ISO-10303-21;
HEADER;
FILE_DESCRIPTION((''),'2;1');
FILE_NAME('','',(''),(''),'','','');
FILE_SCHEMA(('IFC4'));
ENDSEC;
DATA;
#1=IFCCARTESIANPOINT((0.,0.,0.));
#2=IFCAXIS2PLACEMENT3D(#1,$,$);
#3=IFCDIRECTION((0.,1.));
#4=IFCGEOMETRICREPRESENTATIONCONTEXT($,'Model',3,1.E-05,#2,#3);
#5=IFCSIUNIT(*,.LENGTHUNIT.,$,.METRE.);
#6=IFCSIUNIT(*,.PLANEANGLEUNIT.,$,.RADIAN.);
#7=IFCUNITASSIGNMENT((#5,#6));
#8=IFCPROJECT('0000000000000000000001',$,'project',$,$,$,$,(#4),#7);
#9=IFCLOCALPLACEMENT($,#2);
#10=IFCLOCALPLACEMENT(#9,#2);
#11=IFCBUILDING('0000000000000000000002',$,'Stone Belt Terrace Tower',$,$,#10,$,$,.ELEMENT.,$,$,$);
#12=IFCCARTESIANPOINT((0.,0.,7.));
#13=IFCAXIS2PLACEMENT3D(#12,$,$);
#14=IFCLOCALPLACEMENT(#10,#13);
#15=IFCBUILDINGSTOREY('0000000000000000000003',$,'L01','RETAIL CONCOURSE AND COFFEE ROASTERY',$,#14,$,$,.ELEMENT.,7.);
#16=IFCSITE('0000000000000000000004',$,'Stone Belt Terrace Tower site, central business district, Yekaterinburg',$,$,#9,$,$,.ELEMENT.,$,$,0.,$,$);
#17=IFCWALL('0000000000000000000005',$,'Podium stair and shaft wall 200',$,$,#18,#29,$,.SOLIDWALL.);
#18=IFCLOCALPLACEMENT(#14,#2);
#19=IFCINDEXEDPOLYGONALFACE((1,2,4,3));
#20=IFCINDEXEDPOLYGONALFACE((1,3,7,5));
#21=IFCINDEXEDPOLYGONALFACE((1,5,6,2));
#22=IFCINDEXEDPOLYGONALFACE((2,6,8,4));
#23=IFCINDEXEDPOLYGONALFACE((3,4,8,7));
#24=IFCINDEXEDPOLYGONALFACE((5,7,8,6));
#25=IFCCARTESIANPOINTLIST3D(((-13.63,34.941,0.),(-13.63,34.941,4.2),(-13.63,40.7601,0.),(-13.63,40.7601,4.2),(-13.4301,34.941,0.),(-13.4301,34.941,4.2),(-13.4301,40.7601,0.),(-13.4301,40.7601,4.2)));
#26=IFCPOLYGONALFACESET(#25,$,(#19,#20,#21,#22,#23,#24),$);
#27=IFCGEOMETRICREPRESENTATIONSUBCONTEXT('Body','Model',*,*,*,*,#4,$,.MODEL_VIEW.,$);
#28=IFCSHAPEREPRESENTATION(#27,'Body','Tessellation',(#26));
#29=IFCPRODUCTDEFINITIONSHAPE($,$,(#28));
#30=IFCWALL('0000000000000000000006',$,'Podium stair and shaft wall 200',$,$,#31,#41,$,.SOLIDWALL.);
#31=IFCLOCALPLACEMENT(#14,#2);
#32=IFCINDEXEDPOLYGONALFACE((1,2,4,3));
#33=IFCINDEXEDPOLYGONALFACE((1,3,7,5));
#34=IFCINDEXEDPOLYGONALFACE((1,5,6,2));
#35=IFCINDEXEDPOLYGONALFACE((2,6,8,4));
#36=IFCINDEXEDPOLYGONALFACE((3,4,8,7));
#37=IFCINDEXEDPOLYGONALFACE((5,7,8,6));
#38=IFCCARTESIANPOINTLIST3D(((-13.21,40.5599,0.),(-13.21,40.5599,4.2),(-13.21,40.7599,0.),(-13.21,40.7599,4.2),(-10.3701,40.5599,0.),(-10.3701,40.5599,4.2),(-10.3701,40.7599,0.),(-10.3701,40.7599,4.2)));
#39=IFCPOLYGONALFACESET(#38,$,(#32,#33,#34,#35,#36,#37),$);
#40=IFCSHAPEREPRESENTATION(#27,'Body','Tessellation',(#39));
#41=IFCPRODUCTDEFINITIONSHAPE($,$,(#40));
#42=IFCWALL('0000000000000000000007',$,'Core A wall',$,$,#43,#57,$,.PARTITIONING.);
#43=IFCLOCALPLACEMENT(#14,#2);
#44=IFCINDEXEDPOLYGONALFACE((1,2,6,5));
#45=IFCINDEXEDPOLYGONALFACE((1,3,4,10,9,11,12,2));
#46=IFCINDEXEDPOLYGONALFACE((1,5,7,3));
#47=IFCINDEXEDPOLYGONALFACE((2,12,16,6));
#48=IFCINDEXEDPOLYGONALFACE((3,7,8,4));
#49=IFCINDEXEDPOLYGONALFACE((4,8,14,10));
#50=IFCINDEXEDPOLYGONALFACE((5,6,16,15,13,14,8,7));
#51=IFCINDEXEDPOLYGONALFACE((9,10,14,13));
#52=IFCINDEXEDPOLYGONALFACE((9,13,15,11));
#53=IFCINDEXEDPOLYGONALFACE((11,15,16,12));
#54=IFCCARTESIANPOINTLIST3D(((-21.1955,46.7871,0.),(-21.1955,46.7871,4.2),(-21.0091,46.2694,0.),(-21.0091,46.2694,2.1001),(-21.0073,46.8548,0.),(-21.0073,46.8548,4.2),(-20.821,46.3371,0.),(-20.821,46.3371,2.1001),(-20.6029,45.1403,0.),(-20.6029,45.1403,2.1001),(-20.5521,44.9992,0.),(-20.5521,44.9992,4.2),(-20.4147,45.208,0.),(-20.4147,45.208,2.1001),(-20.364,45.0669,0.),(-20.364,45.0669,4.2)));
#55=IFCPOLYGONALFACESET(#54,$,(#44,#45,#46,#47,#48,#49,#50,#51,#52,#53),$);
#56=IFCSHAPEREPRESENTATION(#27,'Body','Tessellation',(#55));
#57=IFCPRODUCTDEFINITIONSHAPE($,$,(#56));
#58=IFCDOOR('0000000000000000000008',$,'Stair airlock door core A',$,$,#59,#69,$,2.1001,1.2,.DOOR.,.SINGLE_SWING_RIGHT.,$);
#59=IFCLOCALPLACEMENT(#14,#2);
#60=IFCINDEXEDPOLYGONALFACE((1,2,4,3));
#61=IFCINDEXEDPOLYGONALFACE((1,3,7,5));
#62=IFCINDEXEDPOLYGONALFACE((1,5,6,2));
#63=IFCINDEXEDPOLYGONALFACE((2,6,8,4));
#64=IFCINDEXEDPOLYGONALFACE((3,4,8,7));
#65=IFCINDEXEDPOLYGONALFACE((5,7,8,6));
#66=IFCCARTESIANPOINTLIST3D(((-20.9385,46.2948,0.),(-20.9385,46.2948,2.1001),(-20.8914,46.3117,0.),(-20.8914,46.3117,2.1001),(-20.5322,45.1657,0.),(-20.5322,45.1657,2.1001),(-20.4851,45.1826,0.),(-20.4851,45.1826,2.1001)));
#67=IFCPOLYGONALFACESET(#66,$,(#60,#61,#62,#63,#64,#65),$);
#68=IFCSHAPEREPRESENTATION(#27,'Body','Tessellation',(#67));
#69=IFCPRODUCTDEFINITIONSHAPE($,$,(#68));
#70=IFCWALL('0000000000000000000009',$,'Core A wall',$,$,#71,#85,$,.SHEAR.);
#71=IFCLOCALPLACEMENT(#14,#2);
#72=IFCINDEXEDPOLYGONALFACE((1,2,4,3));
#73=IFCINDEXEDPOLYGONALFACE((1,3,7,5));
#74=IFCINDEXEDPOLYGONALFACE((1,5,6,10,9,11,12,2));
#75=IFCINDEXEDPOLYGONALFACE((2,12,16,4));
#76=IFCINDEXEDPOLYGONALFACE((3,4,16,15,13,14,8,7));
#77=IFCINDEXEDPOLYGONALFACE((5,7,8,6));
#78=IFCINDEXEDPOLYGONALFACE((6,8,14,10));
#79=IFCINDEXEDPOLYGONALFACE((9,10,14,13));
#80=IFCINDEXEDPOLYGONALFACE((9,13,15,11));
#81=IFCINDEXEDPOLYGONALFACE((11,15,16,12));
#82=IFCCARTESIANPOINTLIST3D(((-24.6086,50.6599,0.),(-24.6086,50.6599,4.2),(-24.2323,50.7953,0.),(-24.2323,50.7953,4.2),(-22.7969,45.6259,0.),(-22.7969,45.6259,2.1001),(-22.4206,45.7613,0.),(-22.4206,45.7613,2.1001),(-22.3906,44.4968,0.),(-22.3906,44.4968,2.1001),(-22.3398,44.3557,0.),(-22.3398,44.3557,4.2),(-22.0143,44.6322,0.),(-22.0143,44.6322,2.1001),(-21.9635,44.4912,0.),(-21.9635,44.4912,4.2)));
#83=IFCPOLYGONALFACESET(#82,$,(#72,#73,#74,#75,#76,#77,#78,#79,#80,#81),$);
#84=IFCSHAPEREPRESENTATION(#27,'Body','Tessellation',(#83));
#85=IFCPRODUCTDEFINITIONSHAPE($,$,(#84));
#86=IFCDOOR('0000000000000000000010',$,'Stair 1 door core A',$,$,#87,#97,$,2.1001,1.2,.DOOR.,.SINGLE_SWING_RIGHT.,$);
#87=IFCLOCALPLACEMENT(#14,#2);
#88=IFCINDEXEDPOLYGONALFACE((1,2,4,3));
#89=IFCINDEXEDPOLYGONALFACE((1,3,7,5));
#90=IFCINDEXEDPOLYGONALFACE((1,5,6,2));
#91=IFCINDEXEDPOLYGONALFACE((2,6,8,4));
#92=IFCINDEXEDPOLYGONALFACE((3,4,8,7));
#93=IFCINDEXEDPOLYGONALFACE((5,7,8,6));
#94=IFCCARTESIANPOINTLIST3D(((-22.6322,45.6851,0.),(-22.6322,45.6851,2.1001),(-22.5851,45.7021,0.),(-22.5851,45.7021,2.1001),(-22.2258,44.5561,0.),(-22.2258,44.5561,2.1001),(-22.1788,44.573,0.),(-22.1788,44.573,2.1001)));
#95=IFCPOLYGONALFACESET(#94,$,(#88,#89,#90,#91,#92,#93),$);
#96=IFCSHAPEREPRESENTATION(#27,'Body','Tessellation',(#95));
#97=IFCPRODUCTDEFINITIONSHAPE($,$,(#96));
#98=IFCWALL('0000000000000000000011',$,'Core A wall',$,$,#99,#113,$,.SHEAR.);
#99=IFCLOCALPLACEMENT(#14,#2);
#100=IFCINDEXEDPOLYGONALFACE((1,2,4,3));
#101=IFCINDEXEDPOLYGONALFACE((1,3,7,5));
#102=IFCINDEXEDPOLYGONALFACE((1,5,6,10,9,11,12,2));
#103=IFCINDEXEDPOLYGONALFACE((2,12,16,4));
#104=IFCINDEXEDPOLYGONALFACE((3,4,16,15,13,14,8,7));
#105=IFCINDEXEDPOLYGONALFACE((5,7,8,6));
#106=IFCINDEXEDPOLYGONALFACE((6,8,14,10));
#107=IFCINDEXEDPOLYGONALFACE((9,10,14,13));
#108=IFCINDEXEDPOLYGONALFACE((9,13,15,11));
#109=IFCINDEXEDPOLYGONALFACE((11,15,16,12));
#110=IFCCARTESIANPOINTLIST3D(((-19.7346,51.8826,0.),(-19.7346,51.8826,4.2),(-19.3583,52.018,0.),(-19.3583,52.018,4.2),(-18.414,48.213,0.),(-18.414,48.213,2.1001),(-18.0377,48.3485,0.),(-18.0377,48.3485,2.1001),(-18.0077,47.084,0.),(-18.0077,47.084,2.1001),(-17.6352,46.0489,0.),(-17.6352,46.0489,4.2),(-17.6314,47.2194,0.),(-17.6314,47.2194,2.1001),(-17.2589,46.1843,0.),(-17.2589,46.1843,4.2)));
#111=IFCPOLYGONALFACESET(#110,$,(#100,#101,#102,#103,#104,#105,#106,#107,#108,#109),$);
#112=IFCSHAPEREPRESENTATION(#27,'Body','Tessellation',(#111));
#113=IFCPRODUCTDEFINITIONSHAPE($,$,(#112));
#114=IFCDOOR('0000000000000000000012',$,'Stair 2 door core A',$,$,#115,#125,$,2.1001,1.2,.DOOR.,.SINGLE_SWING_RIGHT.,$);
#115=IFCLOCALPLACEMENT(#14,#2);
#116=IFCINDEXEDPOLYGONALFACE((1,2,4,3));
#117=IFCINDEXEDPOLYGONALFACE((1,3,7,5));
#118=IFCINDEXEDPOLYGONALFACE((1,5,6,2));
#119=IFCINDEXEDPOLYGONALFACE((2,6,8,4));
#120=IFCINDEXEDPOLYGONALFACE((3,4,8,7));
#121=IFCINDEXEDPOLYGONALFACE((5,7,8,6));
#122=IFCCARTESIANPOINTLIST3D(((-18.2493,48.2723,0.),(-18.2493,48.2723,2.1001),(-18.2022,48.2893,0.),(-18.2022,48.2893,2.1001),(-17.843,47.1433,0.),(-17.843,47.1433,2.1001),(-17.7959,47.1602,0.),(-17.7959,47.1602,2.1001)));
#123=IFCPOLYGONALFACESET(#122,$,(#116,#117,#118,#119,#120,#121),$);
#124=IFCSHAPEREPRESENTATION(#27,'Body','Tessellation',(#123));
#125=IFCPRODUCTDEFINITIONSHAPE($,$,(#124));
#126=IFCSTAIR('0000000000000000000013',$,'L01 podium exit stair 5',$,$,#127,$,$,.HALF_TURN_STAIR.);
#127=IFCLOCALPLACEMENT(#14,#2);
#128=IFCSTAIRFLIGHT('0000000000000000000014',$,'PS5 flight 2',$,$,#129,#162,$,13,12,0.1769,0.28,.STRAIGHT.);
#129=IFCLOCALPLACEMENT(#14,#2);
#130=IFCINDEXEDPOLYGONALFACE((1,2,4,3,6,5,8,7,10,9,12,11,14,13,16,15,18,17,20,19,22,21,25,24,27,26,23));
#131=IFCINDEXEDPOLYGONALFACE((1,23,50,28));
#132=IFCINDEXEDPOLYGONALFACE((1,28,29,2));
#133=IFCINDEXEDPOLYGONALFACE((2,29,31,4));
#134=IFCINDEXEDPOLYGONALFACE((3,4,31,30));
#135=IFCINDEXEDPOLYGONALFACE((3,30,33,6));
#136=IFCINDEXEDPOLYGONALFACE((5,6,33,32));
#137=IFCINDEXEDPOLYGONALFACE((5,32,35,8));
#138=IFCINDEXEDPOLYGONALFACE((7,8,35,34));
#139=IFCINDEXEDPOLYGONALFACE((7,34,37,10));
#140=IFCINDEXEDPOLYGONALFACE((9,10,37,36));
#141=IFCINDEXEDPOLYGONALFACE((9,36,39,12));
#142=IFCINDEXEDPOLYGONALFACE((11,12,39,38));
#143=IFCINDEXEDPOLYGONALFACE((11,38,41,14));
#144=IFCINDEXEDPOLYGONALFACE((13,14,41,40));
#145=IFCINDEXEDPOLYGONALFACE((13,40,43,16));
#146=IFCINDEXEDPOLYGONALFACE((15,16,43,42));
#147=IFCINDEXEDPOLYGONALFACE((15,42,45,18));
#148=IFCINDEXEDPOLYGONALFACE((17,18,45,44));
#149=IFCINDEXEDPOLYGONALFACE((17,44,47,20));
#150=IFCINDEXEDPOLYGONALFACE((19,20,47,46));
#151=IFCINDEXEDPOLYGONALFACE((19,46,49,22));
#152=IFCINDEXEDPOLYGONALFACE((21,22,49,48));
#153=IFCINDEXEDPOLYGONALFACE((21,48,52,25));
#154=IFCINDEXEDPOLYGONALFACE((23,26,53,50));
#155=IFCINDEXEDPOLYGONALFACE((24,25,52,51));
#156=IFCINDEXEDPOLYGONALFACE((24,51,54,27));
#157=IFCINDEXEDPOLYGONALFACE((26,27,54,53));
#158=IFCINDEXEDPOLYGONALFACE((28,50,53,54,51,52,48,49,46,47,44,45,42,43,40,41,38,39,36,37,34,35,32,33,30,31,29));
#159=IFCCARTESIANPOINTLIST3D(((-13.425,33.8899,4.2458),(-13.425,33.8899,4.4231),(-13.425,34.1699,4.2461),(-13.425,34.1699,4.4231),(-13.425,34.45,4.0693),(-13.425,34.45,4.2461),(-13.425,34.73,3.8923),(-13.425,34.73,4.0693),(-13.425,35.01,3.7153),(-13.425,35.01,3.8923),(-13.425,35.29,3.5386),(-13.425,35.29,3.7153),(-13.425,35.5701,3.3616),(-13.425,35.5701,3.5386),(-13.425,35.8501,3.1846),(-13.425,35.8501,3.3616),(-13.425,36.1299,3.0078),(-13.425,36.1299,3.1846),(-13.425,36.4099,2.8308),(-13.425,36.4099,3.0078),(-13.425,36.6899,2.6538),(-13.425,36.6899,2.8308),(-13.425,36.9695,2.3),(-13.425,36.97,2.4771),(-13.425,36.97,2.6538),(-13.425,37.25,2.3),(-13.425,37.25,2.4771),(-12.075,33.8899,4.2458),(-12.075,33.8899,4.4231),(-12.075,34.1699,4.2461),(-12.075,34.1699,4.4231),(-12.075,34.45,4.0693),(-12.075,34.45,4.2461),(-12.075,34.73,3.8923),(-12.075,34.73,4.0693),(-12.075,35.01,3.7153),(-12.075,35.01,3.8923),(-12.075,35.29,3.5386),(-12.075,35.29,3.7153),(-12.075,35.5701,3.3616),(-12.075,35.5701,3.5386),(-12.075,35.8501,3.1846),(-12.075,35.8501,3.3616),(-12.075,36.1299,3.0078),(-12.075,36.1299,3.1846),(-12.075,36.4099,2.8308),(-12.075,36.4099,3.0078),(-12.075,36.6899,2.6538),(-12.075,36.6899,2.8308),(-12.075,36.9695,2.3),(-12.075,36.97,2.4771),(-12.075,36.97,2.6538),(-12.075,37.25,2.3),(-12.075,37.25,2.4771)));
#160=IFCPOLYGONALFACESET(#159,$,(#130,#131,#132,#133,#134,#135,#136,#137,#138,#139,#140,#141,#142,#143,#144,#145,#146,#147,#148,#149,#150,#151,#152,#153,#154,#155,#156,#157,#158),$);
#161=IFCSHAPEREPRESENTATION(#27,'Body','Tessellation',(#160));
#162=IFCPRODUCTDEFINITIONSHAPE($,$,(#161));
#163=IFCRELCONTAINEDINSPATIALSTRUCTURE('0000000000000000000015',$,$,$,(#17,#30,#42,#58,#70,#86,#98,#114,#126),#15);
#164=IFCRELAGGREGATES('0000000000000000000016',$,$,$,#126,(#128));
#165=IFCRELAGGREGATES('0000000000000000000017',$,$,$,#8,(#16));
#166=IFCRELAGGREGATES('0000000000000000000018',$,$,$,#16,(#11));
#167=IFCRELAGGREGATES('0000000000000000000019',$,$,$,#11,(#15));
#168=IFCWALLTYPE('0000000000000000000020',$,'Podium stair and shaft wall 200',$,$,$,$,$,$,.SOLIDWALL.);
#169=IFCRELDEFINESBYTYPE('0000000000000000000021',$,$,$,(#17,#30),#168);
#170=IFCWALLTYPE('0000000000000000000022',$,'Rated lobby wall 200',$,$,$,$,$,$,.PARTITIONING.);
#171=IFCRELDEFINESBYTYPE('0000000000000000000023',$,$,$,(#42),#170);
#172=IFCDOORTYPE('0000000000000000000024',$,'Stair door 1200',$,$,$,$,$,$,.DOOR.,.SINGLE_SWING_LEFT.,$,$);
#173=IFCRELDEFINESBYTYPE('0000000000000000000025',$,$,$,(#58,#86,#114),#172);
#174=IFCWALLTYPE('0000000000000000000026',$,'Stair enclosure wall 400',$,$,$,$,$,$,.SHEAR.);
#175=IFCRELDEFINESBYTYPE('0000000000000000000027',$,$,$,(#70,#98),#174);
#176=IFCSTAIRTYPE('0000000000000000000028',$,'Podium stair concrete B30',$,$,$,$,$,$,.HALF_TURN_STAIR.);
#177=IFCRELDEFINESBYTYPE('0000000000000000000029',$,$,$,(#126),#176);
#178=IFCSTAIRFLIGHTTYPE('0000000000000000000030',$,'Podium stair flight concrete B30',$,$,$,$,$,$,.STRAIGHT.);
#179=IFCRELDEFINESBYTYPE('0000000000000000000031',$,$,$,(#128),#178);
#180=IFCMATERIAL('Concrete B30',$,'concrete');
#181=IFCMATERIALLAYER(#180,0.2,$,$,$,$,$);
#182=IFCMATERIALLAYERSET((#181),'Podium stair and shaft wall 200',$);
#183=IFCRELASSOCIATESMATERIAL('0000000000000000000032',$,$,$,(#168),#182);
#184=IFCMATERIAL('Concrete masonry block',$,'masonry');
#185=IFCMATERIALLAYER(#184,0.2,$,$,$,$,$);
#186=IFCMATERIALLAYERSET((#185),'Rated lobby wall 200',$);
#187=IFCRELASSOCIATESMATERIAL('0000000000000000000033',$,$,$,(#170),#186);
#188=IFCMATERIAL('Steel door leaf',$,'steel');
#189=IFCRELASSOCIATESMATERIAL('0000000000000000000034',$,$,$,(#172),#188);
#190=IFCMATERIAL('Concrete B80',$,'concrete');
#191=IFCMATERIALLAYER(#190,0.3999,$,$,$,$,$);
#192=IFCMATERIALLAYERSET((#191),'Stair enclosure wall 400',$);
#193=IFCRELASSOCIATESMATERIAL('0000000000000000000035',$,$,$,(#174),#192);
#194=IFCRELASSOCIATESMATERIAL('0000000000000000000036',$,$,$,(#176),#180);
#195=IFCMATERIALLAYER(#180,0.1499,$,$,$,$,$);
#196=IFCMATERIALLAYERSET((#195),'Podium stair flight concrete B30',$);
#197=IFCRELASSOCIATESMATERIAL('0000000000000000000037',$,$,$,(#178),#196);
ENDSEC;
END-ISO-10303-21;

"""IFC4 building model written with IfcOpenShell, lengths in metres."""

from ifc_helpers import new_model, si_unit, direction, frame, frame_2d, origin, place, context, subcontext, project, spatial, polyline, rectangle, outline, extrude, material, layer, layer_set, type_object, element, fill, aggregate, save


model = new_model("IFC4")

# Units and contexts
model_context = context("Model", 3, precision=1e-05, world=origin(), true_north=direction((0.0, 1.0)))
body_context = subcontext(model_context, "Body", "Model", "MODEL_VIEW")
ifc_project = project(units=[si_unit("LENGTHUNIT", "METRE"), si_unit("PLANEANGLEUNIT", "RADIAN")], contexts=[model_context])

# Site, building, storey
site_placement = place(None, origin())
site = spatial("IfcSite", under=ifc_project, at=site_placement, Name="Stone Belt Terrace Tower site, central business district, Yekaterinburg", CompositionType="ELEMENT", RefElevation=0.0)
building_placement = place(site_placement, origin())
building = spatial("IfcBuilding", under=site, at=building_placement, Name="Stone Belt Terrace Tower", CompositionType="ELEMENT")
storey_placement = place(building_placement, frame((0.0, 0.0, 7.0)))
storey = spatial("IfcBuildingStorey", under=building, at=storey_placement, Name="L01", Description="RETAIL CONCOURSE AND COFFEE ROASTERY", CompositionType="ELEMENT", Elevation=7.0)

# Shared definitions
ifc_material_1 = material(Name="Concrete B80", Category="concrete")

# Shared definitions
ifc_material_2 = material(Name="Concrete B30", Category="concrete")

# Walls
ifc_layer_1 = layer(ifc_material_2, 0.2)
ifc_layer_set_1 = layer_set([ifc_layer_1], Name="Podium stair and shaft wall 200")
wall_type_1 = type_object("IfcWallType", Name="Podium stair and shaft wall 200", PredefinedType="SOLIDWALL", material=ifc_layer_set_1)
wall_1_placement = place(storey_placement, frame((-13.53, 34.9409, 0.0), z_axis=(0.0, 0.0, 1.0), x_axis=(0.0, 1.0, 0.0)))
element("IfcWall", 1, at=wall_1_placement, inside=storey, type_object=wall_type_1, Name="Podium stair and shaft wall 200", PredefinedType="SOLIDWALL", context=body_context, shape_type="SweptSolid", body=[
    extrude(rectangle(XDim=5.8191, YDim=0.2, at=frame_2d((2.9097, 0.0))), origin(), (0.0, 0.0, 1.0), 4.2),
])
wall_2_placement = place(storey_placement, frame((-13.21, 40.6599, 0.0), z_axis=(0.0, 0.0, 1.0), x_axis=(1.0, 0.0, 0.0)))
element("IfcWall", 2, at=wall_2_placement, inside=storey, type_object=wall_type_1, Name="Podium stair and shaft wall 200", PredefinedType="SOLIDWALL", context=body_context, shape_type="SweptSolid", body=[
    extrude(rectangle(XDim=2.8398, YDim=0.2, at=frame_2d((1.4199, 0.0))), origin(), (0.0, 0.0, 1.0), 4.2),
])

# Walls, openings, doors
ifc_material_3 = material(Name="Concrete masonry block", Category="masonry")
ifc_layer_2 = layer(ifc_material_3, 0.2)
ifc_layer_set_2 = layer_set([ifc_layer_2], Name="Rated lobby wall 200")
wall_type_2 = type_object("IfcWallType", Name="Rated lobby wall 200", PredefinedType="PARTITIONING", material=ifc_layer_set_2)
wall_3_placement = place(storey_placement, frame((-20.458, 45.033, 0.0), z_axis=(0.0, 0.0, 1.0), x_axis=(-0.338574, 0.94094, 0.0)))
wall_3 = element("IfcWall", 3, at=wall_3_placement, inside=storey, type_object=wall_type_2, Name="Core A wall", PredefinedType="PARTITIONING", context=body_context, shape_type="SweptSolid", body=[
    extrude(rectangle(XDim=1.9001, YDim=0.2, at=frame_2d((0.9502, 0.0))), origin(), (0.0, 0.0, 1.0), 4.2),
])
opening_1_placement = place(wall_3_placement, frame((0.1499, 0.0, 0.0)))
opening_1 = element("IfcOpeningElement", 4, at=opening_1_placement, cuts=wall_3, PredefinedType="OPENING", context=body_context, shape_type="SweptSolid", body=[
    extrude(rectangle(XDim=1.2, YDim=2.1001, at=frame_2d((0.6001, 1.05))), frame((0.0, 0.1099, 0.0), z_axis=(0.0, -1.0, 0.0), x_axis=(1.0, 0.0, 0.0)), (0.0, 0.0, 1.0), 0.22),
])
ifc_material_4 = material(Name="Steel door leaf", Category="steel")
door_type_1 = type_object("IfcDoorType", Name="Stair door 1200", OperationType="SINGLE_SWING_LEFT", PredefinedType="DOOR", material=ifc_material_4)
door_1_placement = place(opening_1_placement, origin())
door_1 = element("IfcDoor", 5, at=door_1_placement, inside=storey, type_object=door_type_1, Name="Stair airlock door core A", OperationType="SINGLE_SWING_RIGHT", OverallHeight=2.1001, OverallWidth=1.2, PredefinedType="DOOR", context=body_context, shape_type="SweptSolid", body=[
    extrude(rectangle(XDim=1.2, YDim=2.1001, at=frame_2d((0.6001, 1.05))), frame((0.0, 0.0249, 0.0), z_axis=(0.0, -1.0, 0.0), x_axis=(1.0, 0.0, 0.0)), (0.0, 0.0, 1.0), 0.05),
])
fill(opening_1, door_1)
ifc_layer_3 = layer(ifc_material_1, 0.3999)
ifc_layer_set_3 = layer_set([ifc_layer_3], Name="Stair enclosure wall 400")
wall_type_3 = type_object("IfcWallType", Name="Stair enclosure wall 400", PredefinedType="SHEAR", material=ifc_layer_set_3)
wall_4_placement = place(storey_placement, frame((-22.1516, 44.4233, 0.0), z_axis=(0.0, 0.0, 1.0), x_axis=(-0.338625, 0.940921, 0.0)))
wall_4 = element("IfcWall", 6, at=wall_4_placement, inside=storey, type_object=wall_type_3, Name="Core A wall", PredefinedType="SHEAR", context=body_context, shape_type="SweptSolid", body=[
    extrude(rectangle(XDim=6.7, YDim=0.3999, at=frame_2d((3.3501, 0.0))), origin(), (0.0, 0.0, 1.0), 4.2),
])
opening_2_placement = place(wall_4_placement, frame((0.1499, 0.0, 0.0)))
opening_2 = element("IfcOpeningElement", 7, at=opening_2_placement, cuts=wall_4, PredefinedType="OPENING", context=body_context, shape_type="SweptSolid", body=[
    extrude(rectangle(XDim=1.2, YDim=2.1001, at=frame_2d((0.6001, 1.05))), frame((0.0, 0.21, 0.0), z_axis=(0.0, -1.0, 0.0), x_axis=(1.0, 0.0, 0.0)), (0.0, 0.0, 1.0), 0.4199),
])
door_2_placement = place(opening_2_placement, origin())
door_2 = element("IfcDoor", 8, at=door_2_placement, inside=storey, type_object=door_type_1, Name="Stair 1 door core A", OperationType="SINGLE_SWING_RIGHT", OverallHeight=2.1001, OverallWidth=1.2, PredefinedType="DOOR", context=body_context, shape_type="SweptSolid", body=[
    extrude(rectangle(XDim=1.2, YDim=2.1001, at=frame_2d((0.6001, 1.05))), frame((0.0, 0.0249, 0.0), z_axis=(0.0, -1.0, 0.0), x_axis=(1.0, 0.0, 0.0)), (0.0, 0.0, 1.0), 0.05),
])
fill(opening_2, door_2)
wall_5_placement = place(storey_placement, frame((-17.447, 46.1165, 0.0), z_axis=(0.0, 0.0, 1.0), x_axis=(-0.338608, 0.940928, 0.0)))
wall_5 = element("IfcWall", 9, at=wall_5_placement, inside=storey, type_object=wall_type_3, Name="Core A wall", PredefinedType="SHEAR", context=body_context, shape_type="SweptSolid", body=[
    extrude(rectangle(XDim=6.2, YDim=0.3999, at=frame_2d((3.1001, 0.0))), origin(), (0.0, 0.0, 1.0), 4.2),
])
opening_3_placement = place(wall_5_placement, frame((1.1001, 0.0, 0.0)))
opening_3 = element("IfcOpeningElement", 10, at=opening_3_placement, cuts=wall_5, PredefinedType="OPENING", context=body_context, shape_type="SweptSolid", body=[
    extrude(rectangle(XDim=1.2, YDim=2.1001, at=frame_2d((0.6001, 1.05))), frame((0.0, 0.21, 0.0), z_axis=(0.0, -1.0, 0.0), x_axis=(1.0, 0.0, 0.0)), (0.0, 0.0, 1.0), 0.4199),
])
door_3_placement = place(opening_3_placement, origin())
door_3 = element("IfcDoor", 11, at=door_3_placement, inside=storey, type_object=door_type_1, Name="Stair 2 door core A", OperationType="SINGLE_SWING_RIGHT", OverallHeight=2.1001, OverallWidth=1.2, PredefinedType="DOOR", context=body_context, shape_type="SweptSolid", body=[
    extrude(rectangle(XDim=1.2, YDim=2.1001, at=frame_2d((0.6001, 1.05))), frame((0.0, 0.0249, 0.0), z_axis=(0.0, -1.0, 0.0), x_axis=(1.0, 0.0, 0.0)), (0.0, 0.0, 1.0), 0.05),
])
fill(opening_3, door_3)

# Stair, stair flight
stair_type = type_object("IfcStairType", Name="Podium stair concrete B30", PredefinedType="HALF_TURN_STAIR", material=ifc_material_2)
stair_placement = place(storey_placement, origin())
stair = element("IfcStair", 12, at=stair_placement, inside=storey, type_object=stair_type, Name="L01 podium exit stair 5", PredefinedType="HALF_TURN_STAIR")
ifc_layer_4 = layer(ifc_material_2, 0.1499)
ifc_layer_set_4 = layer_set([ifc_layer_4], Name="Podium stair flight concrete B30")
stair_flight_type = type_object("IfcStairFlightType", Name="Podium stair flight concrete B30", PredefinedType="STRAIGHT", material=ifc_layer_set_4)
stair_flight_placement = place(storey_placement, frame((-12.75, 37.25, 2.3), z_axis=(0.0, 0.0, 1.0), x_axis=(0.0, -1.0, 0.0)))
stair_flight = element("IfcStairFlight", 13, at=stair_flight_placement, type_object=stair_flight_type, Name="PS5 flight 2", NumberOfRisers=13, NumberOfTreads=12, PredefinedType="STRAIGHT", RiserHeight=0.1769, TreadLength=0.28, context=body_context, shape_type="SweptSolid", body=[
    extrude(outline(polyline([(0.0, 0.0), (0.0, 0.177), (0.28, 0.177), (0.28, 0.3538), (0.5601, 0.3538), (0.5601, 0.5308), (0.8401, 0.5308), (0.8401, 0.7078), (1.1201, 0.7078), (1.1201, 0.8845), (1.3999, 0.8845), (1.3999, 1.0615), (1.6799, 1.0615), (1.6799, 1.2385), (1.96, 1.2385), (1.96, 1.4153), (2.24, 1.4153), (2.24, 1.5923), (2.52, 1.5923), (2.52, 1.7693), (2.8, 1.7693), (2.8, 1.946), (3.0801, 1.946), (3.0801, 2.123), (3.3601, 2.123), (3.3601, 2.3), (3.3601, 1.9458), (0.2805, 0.0), (0.0, 0.0)])), frame((0.0, 0.675, 0.0), z_axis=(0.0, -1.0, 0.0), x_axis=(1.0, 0.0, 0.0)), (0.0, 0.0, 1.0), 1.3501),
])
aggregate(stair, [stair_flight])

save(model, "model.ifc")
